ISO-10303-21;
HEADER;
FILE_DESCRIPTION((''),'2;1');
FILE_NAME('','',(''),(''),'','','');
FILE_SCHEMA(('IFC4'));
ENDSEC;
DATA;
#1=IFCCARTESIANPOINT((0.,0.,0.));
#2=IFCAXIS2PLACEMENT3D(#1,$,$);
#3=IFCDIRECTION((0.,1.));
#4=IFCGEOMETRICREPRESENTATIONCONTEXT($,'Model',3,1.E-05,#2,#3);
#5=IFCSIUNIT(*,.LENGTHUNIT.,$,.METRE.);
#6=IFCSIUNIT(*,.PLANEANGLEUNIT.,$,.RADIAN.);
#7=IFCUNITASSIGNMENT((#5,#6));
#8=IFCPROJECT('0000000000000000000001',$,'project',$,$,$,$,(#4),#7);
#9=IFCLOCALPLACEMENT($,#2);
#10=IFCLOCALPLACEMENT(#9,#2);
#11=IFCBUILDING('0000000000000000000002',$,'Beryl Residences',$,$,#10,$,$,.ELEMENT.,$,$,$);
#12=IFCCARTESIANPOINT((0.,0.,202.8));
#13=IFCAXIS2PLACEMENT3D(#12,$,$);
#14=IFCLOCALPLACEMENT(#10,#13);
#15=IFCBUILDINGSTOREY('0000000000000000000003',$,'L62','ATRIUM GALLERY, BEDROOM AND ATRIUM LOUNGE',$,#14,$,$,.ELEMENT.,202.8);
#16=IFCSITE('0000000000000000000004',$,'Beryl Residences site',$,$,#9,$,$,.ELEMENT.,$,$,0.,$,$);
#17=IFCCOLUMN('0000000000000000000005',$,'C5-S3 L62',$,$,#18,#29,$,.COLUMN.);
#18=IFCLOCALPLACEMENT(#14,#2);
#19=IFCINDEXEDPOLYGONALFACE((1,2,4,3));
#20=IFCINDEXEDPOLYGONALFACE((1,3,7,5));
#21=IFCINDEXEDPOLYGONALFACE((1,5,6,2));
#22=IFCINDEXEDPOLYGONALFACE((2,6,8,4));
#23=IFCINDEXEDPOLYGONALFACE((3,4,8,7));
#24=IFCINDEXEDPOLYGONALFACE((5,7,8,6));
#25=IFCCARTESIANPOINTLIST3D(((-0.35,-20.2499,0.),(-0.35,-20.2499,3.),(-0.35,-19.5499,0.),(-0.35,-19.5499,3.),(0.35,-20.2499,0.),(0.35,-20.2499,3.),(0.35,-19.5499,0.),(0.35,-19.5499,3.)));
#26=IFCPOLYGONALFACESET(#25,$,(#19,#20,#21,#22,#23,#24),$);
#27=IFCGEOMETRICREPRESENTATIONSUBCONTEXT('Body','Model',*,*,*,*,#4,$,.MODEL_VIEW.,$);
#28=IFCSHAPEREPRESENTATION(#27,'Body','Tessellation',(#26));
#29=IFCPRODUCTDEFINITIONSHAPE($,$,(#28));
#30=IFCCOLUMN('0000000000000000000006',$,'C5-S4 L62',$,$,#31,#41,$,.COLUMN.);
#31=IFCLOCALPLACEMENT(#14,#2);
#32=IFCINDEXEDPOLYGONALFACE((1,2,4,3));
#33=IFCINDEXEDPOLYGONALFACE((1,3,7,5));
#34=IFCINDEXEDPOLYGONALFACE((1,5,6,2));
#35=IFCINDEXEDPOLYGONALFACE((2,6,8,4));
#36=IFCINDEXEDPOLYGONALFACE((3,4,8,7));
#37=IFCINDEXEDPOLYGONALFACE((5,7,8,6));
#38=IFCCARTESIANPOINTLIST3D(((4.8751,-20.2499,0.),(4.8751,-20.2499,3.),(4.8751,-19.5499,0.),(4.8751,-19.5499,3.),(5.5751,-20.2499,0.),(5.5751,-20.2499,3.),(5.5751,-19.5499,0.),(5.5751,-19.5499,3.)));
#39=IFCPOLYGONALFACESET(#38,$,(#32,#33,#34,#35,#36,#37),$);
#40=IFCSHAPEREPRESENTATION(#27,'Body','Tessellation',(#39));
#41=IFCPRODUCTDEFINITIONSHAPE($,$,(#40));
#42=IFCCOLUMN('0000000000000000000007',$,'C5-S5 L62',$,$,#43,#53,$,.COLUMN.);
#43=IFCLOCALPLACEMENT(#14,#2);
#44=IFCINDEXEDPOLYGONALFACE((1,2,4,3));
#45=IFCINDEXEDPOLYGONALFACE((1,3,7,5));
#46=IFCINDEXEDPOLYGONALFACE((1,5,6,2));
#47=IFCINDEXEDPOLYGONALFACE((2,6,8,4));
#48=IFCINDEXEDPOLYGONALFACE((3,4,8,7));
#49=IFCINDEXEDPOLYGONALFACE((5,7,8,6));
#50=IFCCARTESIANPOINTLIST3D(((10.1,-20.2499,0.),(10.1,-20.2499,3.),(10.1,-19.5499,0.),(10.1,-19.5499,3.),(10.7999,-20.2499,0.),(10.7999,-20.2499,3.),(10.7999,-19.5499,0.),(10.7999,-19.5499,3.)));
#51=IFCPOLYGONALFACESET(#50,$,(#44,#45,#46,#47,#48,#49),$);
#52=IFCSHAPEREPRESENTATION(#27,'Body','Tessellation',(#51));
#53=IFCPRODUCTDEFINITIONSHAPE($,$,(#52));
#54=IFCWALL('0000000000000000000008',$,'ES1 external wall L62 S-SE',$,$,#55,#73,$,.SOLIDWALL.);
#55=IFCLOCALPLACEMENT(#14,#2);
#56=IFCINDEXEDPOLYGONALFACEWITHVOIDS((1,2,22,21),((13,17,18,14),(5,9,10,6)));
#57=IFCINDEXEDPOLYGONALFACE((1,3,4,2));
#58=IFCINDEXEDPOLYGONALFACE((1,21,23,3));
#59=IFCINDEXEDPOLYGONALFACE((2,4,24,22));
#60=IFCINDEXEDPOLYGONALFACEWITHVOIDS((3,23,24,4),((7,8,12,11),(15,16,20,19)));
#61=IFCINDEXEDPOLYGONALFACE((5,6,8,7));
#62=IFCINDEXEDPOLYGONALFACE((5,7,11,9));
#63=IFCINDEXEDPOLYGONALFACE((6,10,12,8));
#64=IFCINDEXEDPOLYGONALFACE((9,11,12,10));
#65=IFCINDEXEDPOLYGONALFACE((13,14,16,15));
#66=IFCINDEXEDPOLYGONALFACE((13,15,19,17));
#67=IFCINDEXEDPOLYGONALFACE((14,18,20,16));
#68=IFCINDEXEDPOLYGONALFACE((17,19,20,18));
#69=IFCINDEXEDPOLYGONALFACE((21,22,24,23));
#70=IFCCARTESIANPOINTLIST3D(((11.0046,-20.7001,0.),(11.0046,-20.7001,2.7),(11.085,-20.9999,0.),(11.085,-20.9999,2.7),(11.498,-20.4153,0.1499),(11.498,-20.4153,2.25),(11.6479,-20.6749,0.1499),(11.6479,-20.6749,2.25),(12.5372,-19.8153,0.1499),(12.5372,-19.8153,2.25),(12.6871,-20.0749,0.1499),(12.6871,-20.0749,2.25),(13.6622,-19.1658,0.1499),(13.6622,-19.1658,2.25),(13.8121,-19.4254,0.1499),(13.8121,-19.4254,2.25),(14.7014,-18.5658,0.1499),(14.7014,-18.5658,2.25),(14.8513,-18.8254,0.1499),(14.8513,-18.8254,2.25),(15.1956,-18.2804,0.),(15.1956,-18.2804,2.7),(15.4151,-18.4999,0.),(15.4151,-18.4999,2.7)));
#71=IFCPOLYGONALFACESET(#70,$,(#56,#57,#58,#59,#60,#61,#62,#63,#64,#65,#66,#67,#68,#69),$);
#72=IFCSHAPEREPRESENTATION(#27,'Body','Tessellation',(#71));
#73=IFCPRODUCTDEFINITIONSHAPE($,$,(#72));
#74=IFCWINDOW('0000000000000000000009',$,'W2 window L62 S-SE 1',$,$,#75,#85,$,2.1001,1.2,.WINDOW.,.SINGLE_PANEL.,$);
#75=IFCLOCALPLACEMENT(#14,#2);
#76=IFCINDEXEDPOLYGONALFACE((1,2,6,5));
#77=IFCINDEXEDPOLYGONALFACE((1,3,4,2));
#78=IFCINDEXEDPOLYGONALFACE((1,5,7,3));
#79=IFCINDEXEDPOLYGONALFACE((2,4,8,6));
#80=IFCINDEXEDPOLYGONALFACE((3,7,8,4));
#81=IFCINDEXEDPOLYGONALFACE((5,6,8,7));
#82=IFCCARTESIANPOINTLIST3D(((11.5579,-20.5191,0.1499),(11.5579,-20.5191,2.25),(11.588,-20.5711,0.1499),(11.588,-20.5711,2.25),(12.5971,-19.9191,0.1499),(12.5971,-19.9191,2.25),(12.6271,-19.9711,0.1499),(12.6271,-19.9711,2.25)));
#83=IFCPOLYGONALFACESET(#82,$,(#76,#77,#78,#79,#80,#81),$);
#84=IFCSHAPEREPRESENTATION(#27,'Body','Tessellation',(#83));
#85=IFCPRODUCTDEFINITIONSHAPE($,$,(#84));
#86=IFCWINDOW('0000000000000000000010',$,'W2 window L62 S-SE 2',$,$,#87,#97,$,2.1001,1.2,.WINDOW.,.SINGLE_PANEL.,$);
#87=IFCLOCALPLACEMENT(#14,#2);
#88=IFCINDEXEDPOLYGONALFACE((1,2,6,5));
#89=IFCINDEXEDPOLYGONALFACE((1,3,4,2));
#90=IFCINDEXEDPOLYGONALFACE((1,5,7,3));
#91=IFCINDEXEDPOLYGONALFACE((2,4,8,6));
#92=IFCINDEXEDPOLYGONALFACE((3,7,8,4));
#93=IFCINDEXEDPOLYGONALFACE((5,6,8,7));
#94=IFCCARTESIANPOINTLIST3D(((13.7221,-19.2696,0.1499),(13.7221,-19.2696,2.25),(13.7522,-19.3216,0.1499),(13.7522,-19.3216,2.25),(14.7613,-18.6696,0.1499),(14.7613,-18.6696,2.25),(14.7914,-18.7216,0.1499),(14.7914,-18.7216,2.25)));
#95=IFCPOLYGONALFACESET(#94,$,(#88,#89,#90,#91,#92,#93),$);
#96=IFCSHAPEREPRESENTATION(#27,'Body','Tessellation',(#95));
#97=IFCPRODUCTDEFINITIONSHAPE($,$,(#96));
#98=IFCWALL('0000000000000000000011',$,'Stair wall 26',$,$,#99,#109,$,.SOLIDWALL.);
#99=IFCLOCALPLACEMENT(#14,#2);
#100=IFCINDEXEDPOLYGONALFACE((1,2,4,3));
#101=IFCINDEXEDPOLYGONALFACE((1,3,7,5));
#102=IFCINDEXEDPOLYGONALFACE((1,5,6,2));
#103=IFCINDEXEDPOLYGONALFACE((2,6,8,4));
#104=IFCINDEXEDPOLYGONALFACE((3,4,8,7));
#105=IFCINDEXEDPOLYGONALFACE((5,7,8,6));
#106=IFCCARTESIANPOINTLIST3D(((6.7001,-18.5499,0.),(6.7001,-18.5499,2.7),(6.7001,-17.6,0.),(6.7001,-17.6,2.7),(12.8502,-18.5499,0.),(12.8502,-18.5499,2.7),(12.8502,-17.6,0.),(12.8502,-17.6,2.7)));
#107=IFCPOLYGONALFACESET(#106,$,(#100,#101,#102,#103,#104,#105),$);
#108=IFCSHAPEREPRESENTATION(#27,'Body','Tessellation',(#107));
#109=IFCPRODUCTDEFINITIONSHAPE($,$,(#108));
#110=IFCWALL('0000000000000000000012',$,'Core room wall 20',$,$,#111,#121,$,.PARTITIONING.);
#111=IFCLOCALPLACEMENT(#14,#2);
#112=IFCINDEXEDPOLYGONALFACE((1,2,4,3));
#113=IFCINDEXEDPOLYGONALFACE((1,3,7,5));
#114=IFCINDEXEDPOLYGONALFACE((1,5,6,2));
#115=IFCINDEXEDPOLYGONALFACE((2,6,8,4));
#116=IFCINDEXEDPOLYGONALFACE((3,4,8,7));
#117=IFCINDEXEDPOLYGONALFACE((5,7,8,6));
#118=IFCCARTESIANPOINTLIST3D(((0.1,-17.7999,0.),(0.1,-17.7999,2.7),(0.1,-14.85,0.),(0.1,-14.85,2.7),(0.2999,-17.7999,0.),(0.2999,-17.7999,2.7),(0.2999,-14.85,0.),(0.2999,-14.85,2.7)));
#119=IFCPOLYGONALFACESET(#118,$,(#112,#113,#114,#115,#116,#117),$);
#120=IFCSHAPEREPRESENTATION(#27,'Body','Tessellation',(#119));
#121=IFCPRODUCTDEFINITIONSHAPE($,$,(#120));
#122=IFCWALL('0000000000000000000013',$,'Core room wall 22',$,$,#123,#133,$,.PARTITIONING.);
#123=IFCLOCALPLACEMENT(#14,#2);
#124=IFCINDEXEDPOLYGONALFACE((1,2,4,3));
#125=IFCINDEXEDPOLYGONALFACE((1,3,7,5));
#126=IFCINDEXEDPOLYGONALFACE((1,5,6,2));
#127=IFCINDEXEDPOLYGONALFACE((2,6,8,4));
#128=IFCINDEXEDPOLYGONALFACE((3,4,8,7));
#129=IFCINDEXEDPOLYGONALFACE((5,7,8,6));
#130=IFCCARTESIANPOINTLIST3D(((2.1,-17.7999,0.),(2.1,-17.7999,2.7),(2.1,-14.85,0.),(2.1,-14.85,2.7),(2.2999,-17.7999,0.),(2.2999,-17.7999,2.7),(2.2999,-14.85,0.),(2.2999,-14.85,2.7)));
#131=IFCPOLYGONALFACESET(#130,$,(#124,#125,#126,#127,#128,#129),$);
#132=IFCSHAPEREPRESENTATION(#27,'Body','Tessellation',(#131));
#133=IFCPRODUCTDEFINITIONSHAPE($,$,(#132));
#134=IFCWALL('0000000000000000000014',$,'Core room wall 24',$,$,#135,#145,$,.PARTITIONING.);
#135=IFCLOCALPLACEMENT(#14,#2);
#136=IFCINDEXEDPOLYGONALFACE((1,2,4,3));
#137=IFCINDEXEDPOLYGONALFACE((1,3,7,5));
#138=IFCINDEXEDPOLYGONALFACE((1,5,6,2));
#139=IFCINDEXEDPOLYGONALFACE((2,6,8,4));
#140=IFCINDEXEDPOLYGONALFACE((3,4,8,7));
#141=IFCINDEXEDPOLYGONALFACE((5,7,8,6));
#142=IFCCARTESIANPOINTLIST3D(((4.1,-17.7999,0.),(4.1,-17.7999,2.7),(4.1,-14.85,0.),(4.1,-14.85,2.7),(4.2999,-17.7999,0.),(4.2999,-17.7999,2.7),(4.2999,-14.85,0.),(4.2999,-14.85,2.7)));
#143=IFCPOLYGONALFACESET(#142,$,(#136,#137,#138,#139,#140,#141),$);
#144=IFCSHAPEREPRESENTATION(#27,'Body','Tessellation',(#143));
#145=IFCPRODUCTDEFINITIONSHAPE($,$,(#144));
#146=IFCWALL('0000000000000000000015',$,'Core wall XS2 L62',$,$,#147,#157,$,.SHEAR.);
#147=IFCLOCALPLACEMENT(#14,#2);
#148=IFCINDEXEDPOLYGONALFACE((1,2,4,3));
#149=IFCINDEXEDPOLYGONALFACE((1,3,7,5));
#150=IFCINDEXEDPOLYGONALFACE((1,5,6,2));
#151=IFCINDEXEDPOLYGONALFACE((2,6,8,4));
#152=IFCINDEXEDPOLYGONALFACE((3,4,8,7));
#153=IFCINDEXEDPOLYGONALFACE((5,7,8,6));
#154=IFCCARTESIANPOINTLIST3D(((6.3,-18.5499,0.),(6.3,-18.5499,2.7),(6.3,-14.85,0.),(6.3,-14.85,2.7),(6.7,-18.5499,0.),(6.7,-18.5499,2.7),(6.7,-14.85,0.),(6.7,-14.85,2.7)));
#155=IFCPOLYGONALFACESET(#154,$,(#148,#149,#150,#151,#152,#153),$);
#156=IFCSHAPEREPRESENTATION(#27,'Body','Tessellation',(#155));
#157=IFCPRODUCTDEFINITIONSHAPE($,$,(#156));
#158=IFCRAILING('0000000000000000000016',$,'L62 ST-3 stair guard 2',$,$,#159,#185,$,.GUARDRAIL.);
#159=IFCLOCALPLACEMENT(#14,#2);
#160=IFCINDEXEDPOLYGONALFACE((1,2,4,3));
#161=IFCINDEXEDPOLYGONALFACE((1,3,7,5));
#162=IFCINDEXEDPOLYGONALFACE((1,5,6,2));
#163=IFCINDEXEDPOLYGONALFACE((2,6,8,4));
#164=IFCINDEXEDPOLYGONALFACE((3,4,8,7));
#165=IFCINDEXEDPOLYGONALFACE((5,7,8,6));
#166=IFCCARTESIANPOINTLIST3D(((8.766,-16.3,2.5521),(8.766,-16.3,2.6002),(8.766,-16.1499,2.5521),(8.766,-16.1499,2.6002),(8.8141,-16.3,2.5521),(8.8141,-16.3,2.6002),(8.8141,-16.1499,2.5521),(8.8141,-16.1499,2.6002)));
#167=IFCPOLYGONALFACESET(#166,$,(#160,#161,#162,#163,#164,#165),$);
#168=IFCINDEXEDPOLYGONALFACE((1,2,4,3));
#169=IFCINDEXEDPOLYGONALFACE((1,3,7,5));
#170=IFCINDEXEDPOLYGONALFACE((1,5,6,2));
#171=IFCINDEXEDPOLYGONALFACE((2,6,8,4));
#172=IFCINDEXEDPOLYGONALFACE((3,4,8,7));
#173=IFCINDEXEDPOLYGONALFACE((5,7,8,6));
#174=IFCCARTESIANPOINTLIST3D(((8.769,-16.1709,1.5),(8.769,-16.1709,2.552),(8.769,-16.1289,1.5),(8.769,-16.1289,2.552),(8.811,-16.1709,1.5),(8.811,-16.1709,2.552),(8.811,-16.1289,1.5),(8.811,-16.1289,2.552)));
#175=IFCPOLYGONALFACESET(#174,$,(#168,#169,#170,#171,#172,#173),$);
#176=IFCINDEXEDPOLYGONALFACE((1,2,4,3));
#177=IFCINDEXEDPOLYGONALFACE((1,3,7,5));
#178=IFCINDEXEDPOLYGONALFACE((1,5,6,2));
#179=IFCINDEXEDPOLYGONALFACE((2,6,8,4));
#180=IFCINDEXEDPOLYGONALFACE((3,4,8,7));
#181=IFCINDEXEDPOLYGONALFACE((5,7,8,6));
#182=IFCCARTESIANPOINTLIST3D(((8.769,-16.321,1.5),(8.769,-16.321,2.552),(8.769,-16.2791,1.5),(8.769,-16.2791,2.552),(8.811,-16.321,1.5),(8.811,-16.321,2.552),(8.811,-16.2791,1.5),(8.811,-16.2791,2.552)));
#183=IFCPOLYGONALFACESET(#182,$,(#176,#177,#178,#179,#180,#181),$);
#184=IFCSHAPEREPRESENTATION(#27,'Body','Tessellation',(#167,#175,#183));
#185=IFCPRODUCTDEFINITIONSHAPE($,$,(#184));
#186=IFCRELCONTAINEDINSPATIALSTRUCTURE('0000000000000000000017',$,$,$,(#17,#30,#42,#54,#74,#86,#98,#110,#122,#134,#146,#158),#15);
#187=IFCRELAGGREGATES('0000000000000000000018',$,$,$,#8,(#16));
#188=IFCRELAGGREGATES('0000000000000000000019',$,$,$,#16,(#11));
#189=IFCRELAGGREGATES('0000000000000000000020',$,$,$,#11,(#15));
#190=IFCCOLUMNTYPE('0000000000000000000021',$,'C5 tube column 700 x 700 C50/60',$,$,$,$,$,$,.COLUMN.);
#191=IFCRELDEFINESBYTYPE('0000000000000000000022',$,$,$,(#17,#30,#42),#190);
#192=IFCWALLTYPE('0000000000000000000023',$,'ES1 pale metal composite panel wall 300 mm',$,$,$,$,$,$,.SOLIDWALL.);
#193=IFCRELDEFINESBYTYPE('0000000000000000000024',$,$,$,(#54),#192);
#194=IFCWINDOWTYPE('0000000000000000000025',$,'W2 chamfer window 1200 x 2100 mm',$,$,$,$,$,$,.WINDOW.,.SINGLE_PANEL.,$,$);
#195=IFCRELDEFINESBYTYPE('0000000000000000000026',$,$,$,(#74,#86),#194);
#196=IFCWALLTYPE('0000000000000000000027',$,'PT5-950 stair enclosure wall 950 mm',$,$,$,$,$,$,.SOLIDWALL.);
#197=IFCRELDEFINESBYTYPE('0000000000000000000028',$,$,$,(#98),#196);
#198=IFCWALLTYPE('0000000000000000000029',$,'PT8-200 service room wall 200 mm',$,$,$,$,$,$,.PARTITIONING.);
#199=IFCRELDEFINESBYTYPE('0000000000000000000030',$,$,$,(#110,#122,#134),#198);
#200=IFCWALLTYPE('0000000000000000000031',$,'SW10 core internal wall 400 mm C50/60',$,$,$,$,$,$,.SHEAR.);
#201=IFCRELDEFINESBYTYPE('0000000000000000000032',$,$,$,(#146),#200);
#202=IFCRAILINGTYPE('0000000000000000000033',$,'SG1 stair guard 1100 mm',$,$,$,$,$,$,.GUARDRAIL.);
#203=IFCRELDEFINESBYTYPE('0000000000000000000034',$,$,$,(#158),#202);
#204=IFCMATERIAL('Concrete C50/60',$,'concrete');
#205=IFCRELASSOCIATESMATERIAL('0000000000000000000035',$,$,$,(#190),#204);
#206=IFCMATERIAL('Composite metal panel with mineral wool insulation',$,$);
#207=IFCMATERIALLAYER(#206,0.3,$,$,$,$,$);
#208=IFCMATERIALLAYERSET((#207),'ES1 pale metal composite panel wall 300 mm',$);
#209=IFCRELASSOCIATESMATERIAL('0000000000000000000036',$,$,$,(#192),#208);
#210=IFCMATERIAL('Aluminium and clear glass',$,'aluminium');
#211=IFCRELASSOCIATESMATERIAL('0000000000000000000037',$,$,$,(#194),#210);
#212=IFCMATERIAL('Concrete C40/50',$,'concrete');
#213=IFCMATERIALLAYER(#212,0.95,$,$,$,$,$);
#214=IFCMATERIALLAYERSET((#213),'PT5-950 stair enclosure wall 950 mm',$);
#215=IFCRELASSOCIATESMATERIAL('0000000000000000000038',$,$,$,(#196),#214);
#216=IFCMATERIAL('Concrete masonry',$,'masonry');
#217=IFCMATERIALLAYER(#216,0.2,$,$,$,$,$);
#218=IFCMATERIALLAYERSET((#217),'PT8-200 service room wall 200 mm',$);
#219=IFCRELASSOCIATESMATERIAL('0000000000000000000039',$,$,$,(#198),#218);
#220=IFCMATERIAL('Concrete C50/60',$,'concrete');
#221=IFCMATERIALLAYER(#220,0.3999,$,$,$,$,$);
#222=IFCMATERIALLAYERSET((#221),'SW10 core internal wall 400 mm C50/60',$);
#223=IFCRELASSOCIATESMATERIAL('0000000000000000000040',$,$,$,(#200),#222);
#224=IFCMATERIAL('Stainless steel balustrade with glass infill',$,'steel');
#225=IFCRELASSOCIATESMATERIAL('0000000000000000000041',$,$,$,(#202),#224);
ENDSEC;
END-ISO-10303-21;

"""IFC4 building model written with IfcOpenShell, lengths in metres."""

from ifc_helpers import new_model, si_unit, direction, frame, frame_2d, origin, origin_2d, place, context, subcontext, project, spatial, polyline, rectangle, outline, extrude, material, layer, layer_set, material_profile, profile_set, type_object, element, fill, save


model = new_model("IFC4")

# Units and contexts
model_context = context("Model", 3, precision=1e-05, world=origin(), true_north=direction((0.0, 1.0)))
body_context = subcontext(model_context, "Body", "Model", "MODEL_VIEW")
ifc_project = project(units=[si_unit("LENGTHUNIT", "METRE"), si_unit("PLANEANGLEUNIT", "RADIAN")], contexts=[model_context])

# Site, building, storey
site_placement = place(None, origin())
site = spatial("IfcSite", under=ifc_project, at=site_placement, Name="Beryl Residences site", CompositionType="ELEMENT", RefElevation=0.0)
building_placement = place(site_placement, origin())
building = spatial("IfcBuilding", under=site, at=building_placement, Name="Beryl Residences", CompositionType="ELEMENT")
storey_placement = place(building_placement, frame((0.0, 0.0, 202.8)))
storey = spatial("IfcBuildingStorey", under=building, at=storey_placement, Name="L62", Description="ATRIUM GALLERY, BEDROOM AND ATRIUM LOUNGE", CompositionType="ELEMENT", Elevation=202.8)

# Columns
ifc_material_1 = material(Name="Concrete C50/60", Category="concrete")
ifc_material_profile = material_profile(ifc_material_1, rectangle(XDim=0.7, YDim=0.7, at=origin_2d()))
ifc_profile_set = profile_set([ifc_material_profile], Name="Concrete C50/60")
column_type = type_object("IfcColumnType", Name="C5 tube column 700 x 700 C50/60", PredefinedType="COLUMN", material=ifc_profile_set)
for number, where, z_axis, x_axis, name in (
    (1, (0.0, -19.8999, 0.0), (0.0, 0.0, 1.0), (1.0, 0.0, 0.0), "C5-S3 L62"),
    (2, (5.2251, -19.8999, 0.0), (0.0, 0.0, 1.0), (1.0, 0.0, 0.0), "C5-S4 L62"),
    (3, (10.45, -19.8999, 0.0), (0.0, 0.0, 1.0), (1.0, 0.0, 0.0), "C5-S5 L62"),
):
    element("IfcColumn", number, at=place(storey_placement, frame(where, z_axis=z_axis, x_axis=x_axis)), inside=storey, type_object=column_type, Name=name, PredefinedType="COLUMN", context=body_context, shape_type="SweptSolid", body=[
        extrude(rectangle(XDim=0.7, YDim=0.7, at=origin_2d()), origin(), (0.0, 0.0, 1.0), 3.0),
    ])

# Wall, openings, windows
ifc_material_2 = material(Name="Composite metal panel with mineral wool insulation")
ifc_layer_1 = layer(ifc_material_2, 0.3)
ifc_layer_set_1 = layer_set([ifc_layer_1], Name="ES1 pale metal composite panel wall 300 mm")
wall_type_1 = type_object("IfcWallType", Name="ES1 pale metal composite panel wall 300 mm", PredefinedType="SOLIDWALL", material=ifc_layer_set_1)
wall_1_placement = place(storey_placement, frame((11.01, -20.8701, 0.0), z_axis=(0.0, 0.0, 1.0), x_axis=(0.866023, 0.500004, 0.0)))
wall_1 = element("IfcWall", 4, at=wall_1_placement, inside=storey, type_object=wall_type_1, Name="ES1 external wall L62 S-SE", PredefinedType="SOLIDWALL", context=body_context, shape_type="SweptSolid", body=[
    extrude(outline(polyline([(0.0, -0.1499), (5.0, -0.1499), (4.9197, 0.1499), (0.0803, 0.1499), (0.0, -0.1499)])), origin(), (0.0, 0.0, 1.0), 2.7),
])
opening_1_placement = place(wall_1_placement, frame((0.6499, 0.0, 0.1499)))
opening_1 = element("IfcOpeningElement", 5, at=opening_1_placement, cuts=wall_1, PredefinedType="OPENING", context=body_context, shape_type="SweptSolid", body=[
    extrude(rectangle(XDim=1.2, YDim=2.1001, at=frame_2d((0.6001, 1.05))), frame((0.0, 0.1599, 0.0), z_axis=(0.0, -1.0, 0.0), x_axis=(1.0, 0.0, 0.0)), (0.0, 0.0, 1.0), 0.3201),
])
opening_2_placement = place(wall_1_placement, frame((3.1489, 0.0, 0.1499)))
opening_2 = element("IfcOpeningElement", 6, at=opening_2_placement, cuts=wall_1, PredefinedType="OPENING", context=body_context, shape_type="SweptSolid", body=[
    extrude(rectangle(XDim=1.2, YDim=2.1001, at=frame_2d((0.6001, 1.05))), frame((0.0, 0.1599, 0.0), z_axis=(0.0, -1.0, 0.0), x_axis=(1.0, 0.0, 0.0)), (0.0, 0.0, 1.0), 0.3201),
])
ifc_material_3 = material(Name="Aluminium and clear glass", Category="aluminium")
window_type = type_object("IfcWindowType", Name="W2 chamfer window 1200 x 2100 mm", PartitioningType="SINGLE_PANEL", PredefinedType="WINDOW", material=ifc_material_3)
window_1_placement = place(opening_1_placement, origin())
window_1 = element("IfcWindow", 7, at=window_1_placement, inside=storey, type_object=window_type, Name="W2 window L62 S-SE 1", OverallHeight=2.1001, OverallWidth=1.2, PartitioningType="SINGLE_PANEL", PredefinedType="WINDOW", context=body_context, shape_type="SweptSolid", body=[
    extrude(rectangle(XDim=1.2, YDim=2.1001, at=frame_2d((0.6001, 1.05))), frame((0.0, 0.03, 0.0), z_axis=(0.0, -1.0, 0.0), x_axis=(1.0, 0.0, 0.0)), (0.0, 0.0, 1.0), 0.0601),
])
fill(opening_1, window_1)
window_2_placement = place(opening_2_placement, origin())
window_2 = element("IfcWindow", 8, at=window_2_placement, inside=storey, type_object=window_type, Name="W2 window L62 S-SE 2", OverallHeight=2.1001, OverallWidth=1.2, PartitioningType="SINGLE_PANEL", PredefinedType="WINDOW", context=body_context, shape_type="SweptSolid", body=[
    extrude(rectangle(XDim=1.2, YDim=2.1001, at=frame_2d((0.6001, 1.05))), frame((0.0, 0.03, 0.0), z_axis=(0.0, -1.0, 0.0), x_axis=(1.0, 0.0, 0.0)), (0.0, 0.0, 1.0), 0.0601),
])
fill(opening_2, window_2)

# Walls
ifc_material_4 = material(Name="Concrete C40/50", Category="concrete")
ifc_layer_2 = layer(ifc_material_4, 0.95)
ifc_layer_set_2 = layer_set([ifc_layer_2], Name="PT5-950 stair enclosure wall 950 mm")
wall_type_2 = type_object("IfcWallType", Name="PT5-950 stair enclosure wall 950 mm", PredefinedType="SOLIDWALL", material=ifc_layer_set_2)
wall_2_placement = place(storey_placement, frame((6.7, -18.075, 0.0), z_axis=(0.0, 0.0, 1.0), x_axis=(1.0, 0.0, 0.0)))
element("IfcWall", 9, at=wall_2_placement, inside=storey, type_object=wall_type_2, Name="Stair wall 26", PredefinedType="SOLIDWALL", context=body_context, shape_type="SweptSolid", body=[
    extrude(rectangle(XDim=6.1501, YDim=0.95, at=frame_2d((3.0752, 0.0))), origin(), (0.0, 0.0, 1.0), 2.7),
])
ifc_material_5 = material(Name="Concrete masonry", Category="masonry")
ifc_layer_3 = layer(ifc_material_5, 0.2)
ifc_layer_set_3 = layer_set([ifc_layer_3], Name="PT8-200 service room wall 200 mm")
wall_type_3 = type_object("IfcWallType", Name="PT8-200 service room wall 200 mm", PredefinedType="PARTITIONING", material=ifc_layer_set_3)
for number, where, z_axis, x_axis, name in (
    (10, (0.2, -17.8, 0.0), (0.0, 0.0, 1.0), (0.0, 1.0, 0.0), "Core room wall 20"),
    (11, (2.2, -17.8, 0.0), (0.0, 0.0, 1.0), (0.0, 1.0, 0.0), "Core room wall 22"),
    (12, (4.2, -17.8, 0.0), (0.0, 0.0, 1.0), (0.0, 1.0, 0.0), "Core room wall 24"),
):
    element("IfcWall", number, at=place(storey_placement, frame(where, z_axis=z_axis, x_axis=x_axis)), inside=storey, type_object=wall_type_3, Name=name, PredefinedType="PARTITIONING", context=body_context, shape_type="SweptSolid", body=[
        extrude(rectangle(XDim=2.95, YDim=0.2, at=frame_2d((1.4751, 0.0))), origin(), (0.0, 0.0, 1.0), 2.7),
    ])
ifc_material_6 = material(Name="Concrete C50/60", Category="concrete")
ifc_layer_4 = layer(ifc_material_6, 0.3999)
ifc_layer_set_4 = layer_set([ifc_layer_4], Name="SW10 core internal wall 400 mm C50/60")
wall_type_4 = type_object("IfcWallType", Name="SW10 core internal wall 400 mm C50/60", PredefinedType="SHEAR", material=ifc_layer_set_4)
wall_3_placement = place(storey_placement, frame((6.5, -18.55, 0.0), z_axis=(0.0, 0.0, 1.0), x_axis=(0.0, 1.0, 0.0)))
element("IfcWall", 13, at=wall_3_placement, inside=storey, type_object=wall_type_4, Name="Core wall XS2 L62", PredefinedType="SHEAR", context=body_context, shape_type="SweptSolid", body=[
    extrude(rectangle(XDim=3.7, YDim=0.3999, at=frame_2d((1.8501, 0.0))), origin(), (0.0, 0.0, 1.0), 2.7),
])

# Railing
ifc_material_7 = material(Name="Stainless steel balustrade with glass infill", Category="steel")
railing_type_1 = type_object("IfcRailingType", Name="SG1 stair guard 1100 mm", PredefinedType="GUARDRAIL", material=ifc_material_7)
railing_1_placement = place(storey_placement, frame((8.79, -16.1499, 1.5)))
element("IfcRailing", 14, at=railing_1_placement, inside=storey, type_object=railing_type_1, Name="L62 ST-3 stair guard 2", PredefinedType="GUARDRAIL", context=body_context, shape_type="SweptSolid", body=[
    extrude(rectangle(XDim=0.0481, YDim=0.0481, at=origin_2d()), frame((0.0, 0.0, 1.0762), z_axis=(0.0, -1.0, 0.0), x_axis=(1.0, 0.0, 0.0)), (0.0, 0.0, 1.0), 0.1501),
    extrude(rectangle(XDim=0.042, YDim=0.042, at=origin_2d()), origin(), (0.0, 0.0, 1.0), 1.052),
    extrude(rectangle(XDim=0.042, YDim=0.042, at=origin_2d()), frame((0.0, -0.1501, 0.0)), (0.0, 0.0, 1.0), 1.052),
])

save(model, "model.ifc")
